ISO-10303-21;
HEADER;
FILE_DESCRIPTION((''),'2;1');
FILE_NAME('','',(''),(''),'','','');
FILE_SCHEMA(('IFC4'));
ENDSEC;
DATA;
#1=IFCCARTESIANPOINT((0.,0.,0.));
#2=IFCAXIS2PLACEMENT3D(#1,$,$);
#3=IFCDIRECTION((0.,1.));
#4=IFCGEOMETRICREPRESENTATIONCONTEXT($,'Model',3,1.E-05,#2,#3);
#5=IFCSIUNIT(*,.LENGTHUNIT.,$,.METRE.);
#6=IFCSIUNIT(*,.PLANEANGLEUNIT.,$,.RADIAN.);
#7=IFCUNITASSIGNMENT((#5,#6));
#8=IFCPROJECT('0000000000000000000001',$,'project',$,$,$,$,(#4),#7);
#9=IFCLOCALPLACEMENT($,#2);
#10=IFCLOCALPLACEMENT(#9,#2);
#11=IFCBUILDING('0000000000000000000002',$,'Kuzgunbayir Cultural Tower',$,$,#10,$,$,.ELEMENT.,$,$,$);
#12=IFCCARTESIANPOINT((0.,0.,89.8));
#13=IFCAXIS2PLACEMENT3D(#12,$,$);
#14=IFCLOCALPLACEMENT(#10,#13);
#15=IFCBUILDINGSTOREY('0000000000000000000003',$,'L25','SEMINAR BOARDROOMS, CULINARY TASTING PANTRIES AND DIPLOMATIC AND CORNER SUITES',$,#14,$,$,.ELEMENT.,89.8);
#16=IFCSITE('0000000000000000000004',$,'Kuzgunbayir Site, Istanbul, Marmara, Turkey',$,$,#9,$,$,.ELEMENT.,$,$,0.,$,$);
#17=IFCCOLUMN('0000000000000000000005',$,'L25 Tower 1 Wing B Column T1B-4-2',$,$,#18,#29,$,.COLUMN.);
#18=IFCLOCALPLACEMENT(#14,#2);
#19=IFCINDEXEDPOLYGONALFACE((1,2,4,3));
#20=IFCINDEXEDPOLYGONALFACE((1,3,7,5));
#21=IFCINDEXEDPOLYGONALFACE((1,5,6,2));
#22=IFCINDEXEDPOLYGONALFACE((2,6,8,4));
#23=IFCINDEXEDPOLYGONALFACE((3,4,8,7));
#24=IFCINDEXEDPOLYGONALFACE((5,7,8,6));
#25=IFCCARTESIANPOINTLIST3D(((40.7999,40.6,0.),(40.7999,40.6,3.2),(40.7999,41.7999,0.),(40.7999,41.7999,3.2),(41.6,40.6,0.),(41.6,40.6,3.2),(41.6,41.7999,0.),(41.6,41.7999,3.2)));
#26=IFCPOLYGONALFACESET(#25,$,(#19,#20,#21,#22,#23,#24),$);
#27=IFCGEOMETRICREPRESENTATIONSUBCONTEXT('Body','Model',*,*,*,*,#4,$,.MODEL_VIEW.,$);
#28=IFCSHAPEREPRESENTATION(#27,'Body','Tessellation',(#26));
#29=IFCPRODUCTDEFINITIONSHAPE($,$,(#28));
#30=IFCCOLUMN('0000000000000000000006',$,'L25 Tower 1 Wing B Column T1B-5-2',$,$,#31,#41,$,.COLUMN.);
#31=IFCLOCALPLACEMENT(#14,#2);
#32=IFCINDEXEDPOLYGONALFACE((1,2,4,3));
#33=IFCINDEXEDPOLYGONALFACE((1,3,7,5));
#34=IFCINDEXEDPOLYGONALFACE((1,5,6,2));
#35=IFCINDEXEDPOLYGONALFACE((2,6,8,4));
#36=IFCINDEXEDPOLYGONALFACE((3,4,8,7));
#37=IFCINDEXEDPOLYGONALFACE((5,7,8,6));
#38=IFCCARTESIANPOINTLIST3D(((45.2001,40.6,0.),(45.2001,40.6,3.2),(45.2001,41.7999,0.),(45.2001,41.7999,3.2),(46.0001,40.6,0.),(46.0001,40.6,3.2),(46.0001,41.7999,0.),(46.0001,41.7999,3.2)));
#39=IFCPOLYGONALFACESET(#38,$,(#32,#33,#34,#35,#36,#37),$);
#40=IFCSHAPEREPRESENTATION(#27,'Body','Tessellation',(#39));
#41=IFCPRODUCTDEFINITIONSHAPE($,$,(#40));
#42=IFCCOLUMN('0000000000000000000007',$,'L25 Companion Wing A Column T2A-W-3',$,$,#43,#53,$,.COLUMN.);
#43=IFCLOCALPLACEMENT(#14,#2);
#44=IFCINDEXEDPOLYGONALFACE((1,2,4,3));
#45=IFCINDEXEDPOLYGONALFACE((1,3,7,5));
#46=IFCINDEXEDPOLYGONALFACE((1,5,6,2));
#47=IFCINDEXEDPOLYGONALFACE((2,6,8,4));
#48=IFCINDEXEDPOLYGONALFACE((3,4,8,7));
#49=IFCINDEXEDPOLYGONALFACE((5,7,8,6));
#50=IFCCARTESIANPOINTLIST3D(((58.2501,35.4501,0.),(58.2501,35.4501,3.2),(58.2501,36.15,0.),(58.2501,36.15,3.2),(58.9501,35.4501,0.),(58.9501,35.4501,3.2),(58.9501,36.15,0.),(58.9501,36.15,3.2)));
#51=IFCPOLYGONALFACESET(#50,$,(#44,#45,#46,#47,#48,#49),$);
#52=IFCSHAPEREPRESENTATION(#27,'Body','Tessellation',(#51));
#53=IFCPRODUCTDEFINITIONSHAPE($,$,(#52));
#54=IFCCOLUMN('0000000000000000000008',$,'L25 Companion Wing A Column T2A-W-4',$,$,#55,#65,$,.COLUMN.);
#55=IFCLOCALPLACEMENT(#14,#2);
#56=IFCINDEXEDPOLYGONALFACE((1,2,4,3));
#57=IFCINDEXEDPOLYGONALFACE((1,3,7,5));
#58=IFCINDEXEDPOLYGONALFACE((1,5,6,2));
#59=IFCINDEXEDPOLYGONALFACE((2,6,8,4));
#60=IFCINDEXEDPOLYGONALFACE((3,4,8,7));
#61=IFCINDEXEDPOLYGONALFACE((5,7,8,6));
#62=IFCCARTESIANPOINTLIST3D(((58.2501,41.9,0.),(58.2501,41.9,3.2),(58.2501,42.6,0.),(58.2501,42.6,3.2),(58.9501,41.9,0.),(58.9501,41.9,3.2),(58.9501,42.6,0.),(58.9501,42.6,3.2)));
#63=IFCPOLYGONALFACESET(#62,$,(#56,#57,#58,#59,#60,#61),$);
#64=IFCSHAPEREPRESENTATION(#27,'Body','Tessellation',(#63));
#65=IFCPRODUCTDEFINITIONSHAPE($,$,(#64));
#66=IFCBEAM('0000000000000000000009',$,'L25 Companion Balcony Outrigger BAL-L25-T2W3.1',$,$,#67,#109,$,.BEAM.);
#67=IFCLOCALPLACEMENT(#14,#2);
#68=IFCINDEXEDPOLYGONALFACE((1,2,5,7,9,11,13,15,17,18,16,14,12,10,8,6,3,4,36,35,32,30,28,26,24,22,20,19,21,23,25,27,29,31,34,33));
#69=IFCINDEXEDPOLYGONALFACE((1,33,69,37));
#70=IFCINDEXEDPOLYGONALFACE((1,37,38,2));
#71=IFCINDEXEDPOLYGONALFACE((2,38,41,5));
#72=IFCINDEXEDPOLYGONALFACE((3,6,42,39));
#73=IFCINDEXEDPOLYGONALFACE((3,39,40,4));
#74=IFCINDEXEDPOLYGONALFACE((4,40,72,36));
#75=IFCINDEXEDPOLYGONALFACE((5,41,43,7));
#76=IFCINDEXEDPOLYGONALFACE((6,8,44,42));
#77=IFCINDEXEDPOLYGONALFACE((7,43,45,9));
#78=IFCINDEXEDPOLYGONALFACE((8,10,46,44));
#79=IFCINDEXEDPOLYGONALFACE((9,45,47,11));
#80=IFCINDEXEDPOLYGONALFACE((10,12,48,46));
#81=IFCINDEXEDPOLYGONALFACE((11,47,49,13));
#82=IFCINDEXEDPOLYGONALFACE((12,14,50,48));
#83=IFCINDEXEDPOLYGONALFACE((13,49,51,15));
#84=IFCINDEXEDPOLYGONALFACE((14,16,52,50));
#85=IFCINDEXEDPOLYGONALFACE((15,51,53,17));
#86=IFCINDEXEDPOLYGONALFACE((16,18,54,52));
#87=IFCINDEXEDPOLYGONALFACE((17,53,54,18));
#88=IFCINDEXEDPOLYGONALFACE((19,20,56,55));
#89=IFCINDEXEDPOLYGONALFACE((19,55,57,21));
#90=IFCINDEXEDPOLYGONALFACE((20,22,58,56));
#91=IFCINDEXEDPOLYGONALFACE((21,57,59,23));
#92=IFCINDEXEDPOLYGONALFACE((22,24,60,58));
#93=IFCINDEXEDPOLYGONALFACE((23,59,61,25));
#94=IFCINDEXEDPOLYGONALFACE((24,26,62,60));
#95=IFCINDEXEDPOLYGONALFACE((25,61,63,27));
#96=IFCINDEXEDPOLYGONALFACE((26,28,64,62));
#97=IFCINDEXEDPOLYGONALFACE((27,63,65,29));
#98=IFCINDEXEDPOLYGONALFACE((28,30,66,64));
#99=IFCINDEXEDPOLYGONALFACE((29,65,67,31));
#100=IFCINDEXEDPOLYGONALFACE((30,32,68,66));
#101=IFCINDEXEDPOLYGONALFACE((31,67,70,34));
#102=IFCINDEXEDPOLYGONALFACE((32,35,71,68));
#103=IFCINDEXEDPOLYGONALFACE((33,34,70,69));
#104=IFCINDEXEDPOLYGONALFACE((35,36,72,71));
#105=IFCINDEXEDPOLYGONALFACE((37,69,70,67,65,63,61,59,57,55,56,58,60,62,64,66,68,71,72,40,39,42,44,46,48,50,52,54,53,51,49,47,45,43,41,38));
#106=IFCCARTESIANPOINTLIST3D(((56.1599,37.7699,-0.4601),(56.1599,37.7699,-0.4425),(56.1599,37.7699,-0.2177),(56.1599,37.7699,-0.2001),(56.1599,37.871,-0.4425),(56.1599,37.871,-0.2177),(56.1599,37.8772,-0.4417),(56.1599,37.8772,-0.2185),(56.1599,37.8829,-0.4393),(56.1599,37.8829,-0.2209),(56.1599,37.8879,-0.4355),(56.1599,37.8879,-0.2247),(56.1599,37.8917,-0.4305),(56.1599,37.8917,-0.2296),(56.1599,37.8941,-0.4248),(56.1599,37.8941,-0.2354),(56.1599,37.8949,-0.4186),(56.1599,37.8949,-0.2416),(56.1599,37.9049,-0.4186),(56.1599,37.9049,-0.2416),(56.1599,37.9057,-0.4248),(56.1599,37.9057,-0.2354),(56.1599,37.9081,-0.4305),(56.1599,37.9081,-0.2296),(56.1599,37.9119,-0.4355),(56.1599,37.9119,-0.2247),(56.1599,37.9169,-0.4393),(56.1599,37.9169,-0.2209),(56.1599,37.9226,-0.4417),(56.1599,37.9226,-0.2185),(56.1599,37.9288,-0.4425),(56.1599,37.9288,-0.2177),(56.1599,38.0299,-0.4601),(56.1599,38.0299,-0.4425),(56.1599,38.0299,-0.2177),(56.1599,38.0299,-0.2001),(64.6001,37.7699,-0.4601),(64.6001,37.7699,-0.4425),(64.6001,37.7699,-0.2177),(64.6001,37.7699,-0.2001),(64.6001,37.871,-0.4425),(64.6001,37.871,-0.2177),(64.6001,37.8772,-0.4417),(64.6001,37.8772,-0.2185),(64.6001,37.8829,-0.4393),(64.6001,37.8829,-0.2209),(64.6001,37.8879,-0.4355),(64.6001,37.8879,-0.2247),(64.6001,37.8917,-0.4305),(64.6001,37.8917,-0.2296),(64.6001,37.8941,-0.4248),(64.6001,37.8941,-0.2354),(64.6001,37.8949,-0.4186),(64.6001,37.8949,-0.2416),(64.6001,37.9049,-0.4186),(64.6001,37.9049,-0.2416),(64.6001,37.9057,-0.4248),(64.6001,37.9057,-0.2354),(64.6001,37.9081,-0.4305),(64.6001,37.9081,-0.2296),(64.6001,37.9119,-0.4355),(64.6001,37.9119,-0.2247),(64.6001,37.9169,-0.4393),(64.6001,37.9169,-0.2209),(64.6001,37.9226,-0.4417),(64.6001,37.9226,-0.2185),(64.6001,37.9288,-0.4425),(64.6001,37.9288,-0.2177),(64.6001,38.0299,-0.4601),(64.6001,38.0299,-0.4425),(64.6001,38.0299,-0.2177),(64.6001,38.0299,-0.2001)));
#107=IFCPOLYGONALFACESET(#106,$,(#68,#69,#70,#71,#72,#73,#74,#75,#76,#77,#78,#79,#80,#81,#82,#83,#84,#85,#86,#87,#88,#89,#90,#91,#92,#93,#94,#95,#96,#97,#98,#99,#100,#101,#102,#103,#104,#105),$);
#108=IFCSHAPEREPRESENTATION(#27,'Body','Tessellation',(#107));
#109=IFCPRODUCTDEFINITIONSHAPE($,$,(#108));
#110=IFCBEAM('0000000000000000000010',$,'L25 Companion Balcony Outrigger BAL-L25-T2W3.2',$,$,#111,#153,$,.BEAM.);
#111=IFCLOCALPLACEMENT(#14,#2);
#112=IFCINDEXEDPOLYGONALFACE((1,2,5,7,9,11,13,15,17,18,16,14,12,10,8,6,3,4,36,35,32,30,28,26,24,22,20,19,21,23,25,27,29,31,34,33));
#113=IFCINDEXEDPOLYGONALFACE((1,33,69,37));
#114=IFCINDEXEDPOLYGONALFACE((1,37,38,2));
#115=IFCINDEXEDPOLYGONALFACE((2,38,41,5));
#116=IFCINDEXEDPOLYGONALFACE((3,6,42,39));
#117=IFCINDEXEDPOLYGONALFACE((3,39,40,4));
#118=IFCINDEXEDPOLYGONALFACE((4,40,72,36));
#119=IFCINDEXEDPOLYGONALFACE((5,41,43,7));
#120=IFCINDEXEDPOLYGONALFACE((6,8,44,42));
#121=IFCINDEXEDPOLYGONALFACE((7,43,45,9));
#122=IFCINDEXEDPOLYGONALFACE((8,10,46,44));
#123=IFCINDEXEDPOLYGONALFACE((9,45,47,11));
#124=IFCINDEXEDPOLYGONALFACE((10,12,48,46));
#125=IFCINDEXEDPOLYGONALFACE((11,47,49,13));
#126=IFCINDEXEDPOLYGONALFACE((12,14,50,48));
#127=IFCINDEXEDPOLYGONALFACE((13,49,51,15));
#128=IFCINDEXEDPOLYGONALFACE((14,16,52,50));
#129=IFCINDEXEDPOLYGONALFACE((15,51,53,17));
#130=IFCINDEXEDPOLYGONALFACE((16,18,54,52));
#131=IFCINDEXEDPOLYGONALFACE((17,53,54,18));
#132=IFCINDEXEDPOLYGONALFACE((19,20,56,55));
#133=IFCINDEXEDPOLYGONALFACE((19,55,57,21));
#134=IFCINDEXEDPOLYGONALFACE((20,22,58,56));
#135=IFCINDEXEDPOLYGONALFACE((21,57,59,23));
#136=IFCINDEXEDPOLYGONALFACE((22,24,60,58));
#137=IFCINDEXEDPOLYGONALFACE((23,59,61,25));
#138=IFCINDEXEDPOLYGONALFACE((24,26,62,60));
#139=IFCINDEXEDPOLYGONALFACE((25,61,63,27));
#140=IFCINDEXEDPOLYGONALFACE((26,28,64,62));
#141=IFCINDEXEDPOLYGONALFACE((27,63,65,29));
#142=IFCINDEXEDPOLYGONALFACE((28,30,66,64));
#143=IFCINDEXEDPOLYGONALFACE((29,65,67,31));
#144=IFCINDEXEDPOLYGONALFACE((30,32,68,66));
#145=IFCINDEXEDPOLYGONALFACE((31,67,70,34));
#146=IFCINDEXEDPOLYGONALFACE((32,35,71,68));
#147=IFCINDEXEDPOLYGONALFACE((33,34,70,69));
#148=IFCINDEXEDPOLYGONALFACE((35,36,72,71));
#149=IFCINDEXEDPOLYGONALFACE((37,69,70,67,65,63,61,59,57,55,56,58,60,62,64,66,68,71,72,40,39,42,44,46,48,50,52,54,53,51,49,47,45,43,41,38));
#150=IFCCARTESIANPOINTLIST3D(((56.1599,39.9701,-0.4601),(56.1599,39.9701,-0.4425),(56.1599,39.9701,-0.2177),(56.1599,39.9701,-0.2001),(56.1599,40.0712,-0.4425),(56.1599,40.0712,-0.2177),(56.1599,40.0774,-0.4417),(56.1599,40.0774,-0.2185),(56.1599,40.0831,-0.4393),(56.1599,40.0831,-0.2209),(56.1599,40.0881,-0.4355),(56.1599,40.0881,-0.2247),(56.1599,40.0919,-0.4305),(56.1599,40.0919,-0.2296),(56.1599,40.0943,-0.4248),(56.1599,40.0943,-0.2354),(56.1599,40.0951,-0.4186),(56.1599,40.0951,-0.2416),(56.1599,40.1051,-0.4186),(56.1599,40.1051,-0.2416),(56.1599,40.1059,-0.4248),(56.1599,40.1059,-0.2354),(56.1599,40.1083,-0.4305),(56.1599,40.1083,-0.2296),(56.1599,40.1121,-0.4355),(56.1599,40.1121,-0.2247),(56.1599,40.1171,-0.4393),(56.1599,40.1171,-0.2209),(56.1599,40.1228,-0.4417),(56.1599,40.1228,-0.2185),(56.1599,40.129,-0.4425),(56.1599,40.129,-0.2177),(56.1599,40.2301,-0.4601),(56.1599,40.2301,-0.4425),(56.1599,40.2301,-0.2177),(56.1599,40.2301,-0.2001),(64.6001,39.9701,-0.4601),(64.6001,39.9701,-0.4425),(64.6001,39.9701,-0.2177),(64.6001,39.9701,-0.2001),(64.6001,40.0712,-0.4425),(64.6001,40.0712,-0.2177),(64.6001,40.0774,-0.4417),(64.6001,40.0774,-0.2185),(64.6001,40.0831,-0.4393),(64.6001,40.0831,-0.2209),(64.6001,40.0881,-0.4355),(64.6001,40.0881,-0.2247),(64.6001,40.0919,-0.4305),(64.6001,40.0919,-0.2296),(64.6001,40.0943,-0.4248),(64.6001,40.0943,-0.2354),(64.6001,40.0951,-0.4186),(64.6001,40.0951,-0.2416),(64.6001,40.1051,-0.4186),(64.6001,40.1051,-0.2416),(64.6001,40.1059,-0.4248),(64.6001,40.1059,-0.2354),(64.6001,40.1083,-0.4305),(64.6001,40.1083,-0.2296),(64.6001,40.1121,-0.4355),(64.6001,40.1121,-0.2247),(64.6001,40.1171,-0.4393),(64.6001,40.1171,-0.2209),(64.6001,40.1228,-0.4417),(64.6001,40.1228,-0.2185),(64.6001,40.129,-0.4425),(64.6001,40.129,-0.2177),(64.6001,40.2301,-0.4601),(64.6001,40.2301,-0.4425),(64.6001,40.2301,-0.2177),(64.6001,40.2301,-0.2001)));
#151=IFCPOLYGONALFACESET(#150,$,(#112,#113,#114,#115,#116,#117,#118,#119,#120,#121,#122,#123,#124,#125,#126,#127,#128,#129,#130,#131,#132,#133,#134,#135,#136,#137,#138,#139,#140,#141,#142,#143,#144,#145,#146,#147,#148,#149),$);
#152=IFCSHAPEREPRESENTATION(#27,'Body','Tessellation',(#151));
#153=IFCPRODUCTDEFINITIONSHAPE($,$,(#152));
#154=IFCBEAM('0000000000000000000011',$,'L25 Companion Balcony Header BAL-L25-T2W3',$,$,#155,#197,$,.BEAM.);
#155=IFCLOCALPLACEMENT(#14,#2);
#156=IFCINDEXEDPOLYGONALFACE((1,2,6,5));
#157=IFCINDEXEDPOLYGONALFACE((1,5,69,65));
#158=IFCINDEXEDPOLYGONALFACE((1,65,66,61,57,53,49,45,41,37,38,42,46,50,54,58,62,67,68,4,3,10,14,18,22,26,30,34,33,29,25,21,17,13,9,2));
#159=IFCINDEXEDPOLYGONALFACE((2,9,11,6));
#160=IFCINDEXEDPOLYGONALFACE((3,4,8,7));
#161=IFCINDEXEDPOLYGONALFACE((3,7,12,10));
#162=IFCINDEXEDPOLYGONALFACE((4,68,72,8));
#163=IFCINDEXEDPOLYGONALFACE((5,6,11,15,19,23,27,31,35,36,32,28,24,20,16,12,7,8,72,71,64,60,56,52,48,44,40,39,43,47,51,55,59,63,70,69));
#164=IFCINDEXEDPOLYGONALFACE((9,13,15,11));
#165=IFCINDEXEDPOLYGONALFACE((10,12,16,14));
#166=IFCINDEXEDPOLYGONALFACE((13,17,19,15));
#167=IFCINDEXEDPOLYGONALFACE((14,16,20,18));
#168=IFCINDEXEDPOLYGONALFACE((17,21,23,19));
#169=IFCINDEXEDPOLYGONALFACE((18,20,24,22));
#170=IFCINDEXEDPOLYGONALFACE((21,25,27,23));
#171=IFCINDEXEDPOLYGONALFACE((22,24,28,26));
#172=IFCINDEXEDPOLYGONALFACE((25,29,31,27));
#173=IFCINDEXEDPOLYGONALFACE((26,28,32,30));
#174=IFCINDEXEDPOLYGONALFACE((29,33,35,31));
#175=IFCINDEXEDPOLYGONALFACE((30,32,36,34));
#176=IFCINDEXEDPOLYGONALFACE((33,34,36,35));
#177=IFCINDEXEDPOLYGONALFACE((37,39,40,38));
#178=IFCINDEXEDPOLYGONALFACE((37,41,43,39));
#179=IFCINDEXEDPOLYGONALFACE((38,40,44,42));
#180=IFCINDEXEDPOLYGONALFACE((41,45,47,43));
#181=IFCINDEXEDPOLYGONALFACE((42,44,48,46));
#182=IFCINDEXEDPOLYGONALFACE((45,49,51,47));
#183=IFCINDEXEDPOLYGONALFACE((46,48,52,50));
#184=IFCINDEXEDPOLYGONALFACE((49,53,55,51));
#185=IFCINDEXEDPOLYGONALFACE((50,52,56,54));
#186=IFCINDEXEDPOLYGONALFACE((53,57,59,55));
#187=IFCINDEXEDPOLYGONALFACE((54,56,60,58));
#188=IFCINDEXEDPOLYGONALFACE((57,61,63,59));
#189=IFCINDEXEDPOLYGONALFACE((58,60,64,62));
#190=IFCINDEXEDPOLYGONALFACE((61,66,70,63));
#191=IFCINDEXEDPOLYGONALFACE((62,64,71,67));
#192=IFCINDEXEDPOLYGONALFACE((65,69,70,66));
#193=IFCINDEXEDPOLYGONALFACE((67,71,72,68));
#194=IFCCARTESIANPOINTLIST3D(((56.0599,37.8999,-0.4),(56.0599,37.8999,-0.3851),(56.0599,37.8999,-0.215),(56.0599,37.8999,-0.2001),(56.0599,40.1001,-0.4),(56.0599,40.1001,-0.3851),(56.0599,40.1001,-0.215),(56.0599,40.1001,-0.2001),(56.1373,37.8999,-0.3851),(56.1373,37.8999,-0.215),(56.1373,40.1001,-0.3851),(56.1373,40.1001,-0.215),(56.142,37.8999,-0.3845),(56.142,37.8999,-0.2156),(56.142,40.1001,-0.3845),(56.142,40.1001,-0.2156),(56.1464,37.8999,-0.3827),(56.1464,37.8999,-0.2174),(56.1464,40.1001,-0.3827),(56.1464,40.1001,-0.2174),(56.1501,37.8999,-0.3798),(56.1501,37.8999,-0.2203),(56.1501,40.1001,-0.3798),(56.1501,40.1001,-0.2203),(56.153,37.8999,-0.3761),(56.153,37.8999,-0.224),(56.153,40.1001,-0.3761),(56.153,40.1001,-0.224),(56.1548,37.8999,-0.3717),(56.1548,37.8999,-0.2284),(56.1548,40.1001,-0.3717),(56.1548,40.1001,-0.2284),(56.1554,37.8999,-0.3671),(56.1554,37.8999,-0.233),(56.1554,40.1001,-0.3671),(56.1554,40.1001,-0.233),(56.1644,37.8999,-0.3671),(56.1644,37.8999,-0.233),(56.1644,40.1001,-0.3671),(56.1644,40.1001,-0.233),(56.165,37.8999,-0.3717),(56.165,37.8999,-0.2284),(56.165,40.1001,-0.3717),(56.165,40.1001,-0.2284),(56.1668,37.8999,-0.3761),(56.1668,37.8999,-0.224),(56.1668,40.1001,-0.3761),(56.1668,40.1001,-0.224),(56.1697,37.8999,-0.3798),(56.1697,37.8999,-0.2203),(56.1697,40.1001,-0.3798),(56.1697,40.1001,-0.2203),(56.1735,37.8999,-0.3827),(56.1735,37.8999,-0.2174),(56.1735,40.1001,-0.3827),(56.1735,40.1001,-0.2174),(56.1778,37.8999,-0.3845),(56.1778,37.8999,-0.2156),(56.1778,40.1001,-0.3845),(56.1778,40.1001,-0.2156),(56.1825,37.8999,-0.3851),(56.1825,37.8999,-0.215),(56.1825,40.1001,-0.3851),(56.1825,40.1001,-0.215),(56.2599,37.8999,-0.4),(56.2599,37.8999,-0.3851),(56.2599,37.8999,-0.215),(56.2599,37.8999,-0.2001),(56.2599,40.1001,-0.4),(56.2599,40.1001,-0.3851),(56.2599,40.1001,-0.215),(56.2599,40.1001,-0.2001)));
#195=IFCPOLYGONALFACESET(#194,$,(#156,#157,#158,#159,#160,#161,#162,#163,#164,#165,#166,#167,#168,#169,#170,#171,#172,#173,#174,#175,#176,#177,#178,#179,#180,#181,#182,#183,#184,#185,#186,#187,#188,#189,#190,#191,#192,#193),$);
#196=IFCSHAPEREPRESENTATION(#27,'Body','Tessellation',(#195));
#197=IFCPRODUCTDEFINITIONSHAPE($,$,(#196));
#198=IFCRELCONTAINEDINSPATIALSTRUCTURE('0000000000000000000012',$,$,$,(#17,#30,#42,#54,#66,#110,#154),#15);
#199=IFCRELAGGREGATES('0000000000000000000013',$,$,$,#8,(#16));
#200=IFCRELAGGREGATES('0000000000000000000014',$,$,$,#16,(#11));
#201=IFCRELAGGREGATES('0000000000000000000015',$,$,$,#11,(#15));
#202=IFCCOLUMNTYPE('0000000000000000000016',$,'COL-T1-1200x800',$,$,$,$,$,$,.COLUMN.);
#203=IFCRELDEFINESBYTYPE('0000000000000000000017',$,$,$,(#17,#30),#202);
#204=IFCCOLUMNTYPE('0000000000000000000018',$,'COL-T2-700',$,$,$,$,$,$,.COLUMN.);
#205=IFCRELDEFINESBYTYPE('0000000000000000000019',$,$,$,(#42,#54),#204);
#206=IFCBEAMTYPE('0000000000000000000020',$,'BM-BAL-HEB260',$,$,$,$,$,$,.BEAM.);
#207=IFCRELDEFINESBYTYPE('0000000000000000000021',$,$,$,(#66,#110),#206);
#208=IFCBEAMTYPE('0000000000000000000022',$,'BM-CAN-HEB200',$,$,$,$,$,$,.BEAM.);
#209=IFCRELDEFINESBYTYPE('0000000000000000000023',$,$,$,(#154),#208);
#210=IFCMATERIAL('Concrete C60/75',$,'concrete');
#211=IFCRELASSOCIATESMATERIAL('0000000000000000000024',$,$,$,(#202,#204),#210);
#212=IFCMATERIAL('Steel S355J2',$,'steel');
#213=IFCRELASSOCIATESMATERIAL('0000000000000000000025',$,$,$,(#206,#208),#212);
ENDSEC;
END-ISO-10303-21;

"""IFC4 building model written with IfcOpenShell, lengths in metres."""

from ifc_helpers import new_model, si_unit, direction, frame, origin, origin_2d, place, context, subcontext, project, spatial, rectangle, i_section, extrude, material, material_profile, profile_set, type_object, element, save


model = new_model("IFC4")

# Units and contexts
model_context = context("Model", 3, precision=1e-05, world=origin(), true_north=direction((0.0, 1.0)))
body_context = subcontext(model_context, "Body", "Model", "MODEL_VIEW")
ifc_project = project(units=[si_unit("LENGTHUNIT", "METRE"), si_unit("PLANEANGLEUNIT", "RADIAN")], contexts=[model_context])

# Site, building, storey
site_placement = place(None, origin())
site = spatial("IfcSite", under=ifc_project, at=site_placement, Name="Kuzgunbayir Site, Istanbul, Marmara, Turkey", CompositionType="ELEMENT", RefElevation=0.0)
building_placement = place(site_placement, origin())
building = spatial("IfcBuilding", under=site, at=building_placement, Name="Kuzgunbayir Cultural Tower", CompositionType="ELEMENT")
storey_placement = place(building_placement, frame((0.0, 0.0, 89.8)))
storey = spatial("IfcBuildingStorey", under=building, at=storey_placement, Name="L25", Description="SEMINAR BOARDROOMS, CULINARY TASTING PANTRIES AND DIPLOMATIC AND CORNER SUITES", CompositionType="ELEMENT", Elevation=89.8)

# Columns
ifc_material_1 = material(Name="Concrete C60/75", Category="concrete")
ifc_material_profile_1 = material_profile(ifc_material_1, rectangle(XDim=0.8, YDim=1.2, at=origin_2d()), Name="RC 1200x800")
ifc_profile_set_1 = profile_set([ifc_material_profile_1], Name="Concrete C60/75")
column_type_1 = type_object("IfcColumnType", Name="COL-T1-1200x800", PredefinedType="COLUMN", material=ifc_profile_set_1)
for number, where, z_axis, x_axis, name in (
    (1, (41.2, 41.2, 0.0), (0.0, 0.0, 1.0), (1.0, 0.0, 0.0), "L25 Tower 1 Wing B Column T1B-4-2"),
    (2, (45.6001, 41.2, 0.0), (0.0, 0.0, 1.0), (1.0, 0.0, 0.0), "L25 Tower 1 Wing B Column T1B-5-2"),
):
    element("IfcColumn", number, at=place(storey_placement, frame(where, z_axis=z_axis, x_axis=x_axis)), inside=storey, type_object=column_type_1, Name=name, PredefinedType="COLUMN", context=body_context, shape_type="SweptSolid", body=[
        extrude(rectangle(XDim=0.8, YDim=1.2, at=origin_2d()), origin(), (0.0, 0.0, 1.0), 3.2),
    ])
ifc_material_profile_2 = material_profile(ifc_material_1, rectangle(XDim=0.7, YDim=0.7, at=origin_2d()), Name="RC 700x700")
ifc_profile_set_2 = profile_set([ifc_material_profile_2], Name="Concrete C60/75")
column_type_2 = type_object("IfcColumnType", Name="COL-T2-700", PredefinedType="COLUMN", material=ifc_profile_set_2)
for number, where, z_axis, x_axis, name in (
    (3, (58.6001, 35.8, 0.0), (0.0, 0.0, 1.0), (1.0, 0.0, 0.0), "L25 Companion Wing A Column T2A-W-3"),
    (4, (58.6001, 42.25, 0.0), (0.0, 0.0, 1.0), (1.0, 0.0, 0.0), "L25 Companion Wing A Column T2A-W-4"),
):
    element("IfcColumn", number, at=place(storey_placement, frame(where, z_axis=z_axis, x_axis=x_axis)), inside=storey, type_object=column_type_2, Name=name, PredefinedType="COLUMN", context=body_context, shape_type="SweptSolid", body=[
        extrude(rectangle(XDim=0.7, YDim=0.7, at=origin_2d()), origin(), (0.0, 0.0, 1.0), 3.2),
    ])

# Beams
ifc_material_2 = material(Name="Steel S355J2", Category="steel")
ifc_material_profile_3 = material_profile(ifc_material_2, i_section(OverallWidth=0.26, OverallDepth=0.26, WebThickness=0.01, FlangeThickness=0.0176, FilletRadius=0.0239, at=origin_2d()), Name="HEB 260")
ifc_profile_set_3 = profile_set([ifc_material_profile_3], Name="Steel S355J2")
beam_type_1 = type_object("IfcBeamType", Name="BM-BAL-HEB260", PredefinedType="BEAM", material=ifc_profile_set_3)
for number, where, z_axis, x_axis, name in (
    (5, (56.1599, 37.8999, -0.3301), (1.0, 0.0, 0.0), (0.0, 1.0, 0.0), "L25 Companion Balcony Outrigger BAL-L25-T2W3.1"),
    (6, (56.1599, 40.1001, -0.3301), (1.0, 0.0, 0.0), (0.0, 1.0, 0.0), "L25 Companion Balcony Outrigger BAL-L25-T2W3.2"),
):
    element("IfcBeam", number, at=place(storey_placement, frame(where, z_axis=z_axis, x_axis=x_axis)), inside=storey, type_object=beam_type_1, Name=name, PredefinedType="BEAM", context=body_context, shape_type="SweptSolid", body=[
        extrude(i_section(OverallWidth=0.26, OverallDepth=0.26, WebThickness=0.01, FlangeThickness=0.0176, FilletRadius=0.0239, at=origin_2d()), origin(), (0.0, 0.0, 1.0), 8.4402),
    ])
ifc_material_profile_4 = material_profile(ifc_material_2, i_section(OverallWidth=0.2, OverallDepth=0.2, WebThickness=0.009, FlangeThickness=0.0149, FilletRadius=0.0181, at=origin_2d()), Name="HEB 200")
ifc_profile_set_4 = profile_set([ifc_material_profile_4], Name="Steel S355J2")
beam_type_2 = type_object("IfcBeamType", Name="BM-CAN-HEB200", PredefinedType="BEAM", material=ifc_profile_set_4)
beam_1_placement = place(storey_placement, frame((56.1599, 37.8999, -0.3), z_axis=(0.0, 1.0, 0.0), x_axis=(-1.0, 0.0, 0.0)))
element("IfcBeam", 7, at=beam_1_placement, inside=storey, type_object=beam_type_2, Name="L25 Companion Balcony Header BAL-L25-T2W3", PredefinedType="BEAM", context=body_context, shape_type="SweptSolid", body=[
    extrude(i_section(OverallWidth=0.2, OverallDepth=0.2, WebThickness=0.009, FlangeThickness=0.0149, FilletRadius=0.0181, at=origin_2d()), origin(), (0.0, 0.0, 1.0), 2.2002),
])

save(model, "model.ifc")
